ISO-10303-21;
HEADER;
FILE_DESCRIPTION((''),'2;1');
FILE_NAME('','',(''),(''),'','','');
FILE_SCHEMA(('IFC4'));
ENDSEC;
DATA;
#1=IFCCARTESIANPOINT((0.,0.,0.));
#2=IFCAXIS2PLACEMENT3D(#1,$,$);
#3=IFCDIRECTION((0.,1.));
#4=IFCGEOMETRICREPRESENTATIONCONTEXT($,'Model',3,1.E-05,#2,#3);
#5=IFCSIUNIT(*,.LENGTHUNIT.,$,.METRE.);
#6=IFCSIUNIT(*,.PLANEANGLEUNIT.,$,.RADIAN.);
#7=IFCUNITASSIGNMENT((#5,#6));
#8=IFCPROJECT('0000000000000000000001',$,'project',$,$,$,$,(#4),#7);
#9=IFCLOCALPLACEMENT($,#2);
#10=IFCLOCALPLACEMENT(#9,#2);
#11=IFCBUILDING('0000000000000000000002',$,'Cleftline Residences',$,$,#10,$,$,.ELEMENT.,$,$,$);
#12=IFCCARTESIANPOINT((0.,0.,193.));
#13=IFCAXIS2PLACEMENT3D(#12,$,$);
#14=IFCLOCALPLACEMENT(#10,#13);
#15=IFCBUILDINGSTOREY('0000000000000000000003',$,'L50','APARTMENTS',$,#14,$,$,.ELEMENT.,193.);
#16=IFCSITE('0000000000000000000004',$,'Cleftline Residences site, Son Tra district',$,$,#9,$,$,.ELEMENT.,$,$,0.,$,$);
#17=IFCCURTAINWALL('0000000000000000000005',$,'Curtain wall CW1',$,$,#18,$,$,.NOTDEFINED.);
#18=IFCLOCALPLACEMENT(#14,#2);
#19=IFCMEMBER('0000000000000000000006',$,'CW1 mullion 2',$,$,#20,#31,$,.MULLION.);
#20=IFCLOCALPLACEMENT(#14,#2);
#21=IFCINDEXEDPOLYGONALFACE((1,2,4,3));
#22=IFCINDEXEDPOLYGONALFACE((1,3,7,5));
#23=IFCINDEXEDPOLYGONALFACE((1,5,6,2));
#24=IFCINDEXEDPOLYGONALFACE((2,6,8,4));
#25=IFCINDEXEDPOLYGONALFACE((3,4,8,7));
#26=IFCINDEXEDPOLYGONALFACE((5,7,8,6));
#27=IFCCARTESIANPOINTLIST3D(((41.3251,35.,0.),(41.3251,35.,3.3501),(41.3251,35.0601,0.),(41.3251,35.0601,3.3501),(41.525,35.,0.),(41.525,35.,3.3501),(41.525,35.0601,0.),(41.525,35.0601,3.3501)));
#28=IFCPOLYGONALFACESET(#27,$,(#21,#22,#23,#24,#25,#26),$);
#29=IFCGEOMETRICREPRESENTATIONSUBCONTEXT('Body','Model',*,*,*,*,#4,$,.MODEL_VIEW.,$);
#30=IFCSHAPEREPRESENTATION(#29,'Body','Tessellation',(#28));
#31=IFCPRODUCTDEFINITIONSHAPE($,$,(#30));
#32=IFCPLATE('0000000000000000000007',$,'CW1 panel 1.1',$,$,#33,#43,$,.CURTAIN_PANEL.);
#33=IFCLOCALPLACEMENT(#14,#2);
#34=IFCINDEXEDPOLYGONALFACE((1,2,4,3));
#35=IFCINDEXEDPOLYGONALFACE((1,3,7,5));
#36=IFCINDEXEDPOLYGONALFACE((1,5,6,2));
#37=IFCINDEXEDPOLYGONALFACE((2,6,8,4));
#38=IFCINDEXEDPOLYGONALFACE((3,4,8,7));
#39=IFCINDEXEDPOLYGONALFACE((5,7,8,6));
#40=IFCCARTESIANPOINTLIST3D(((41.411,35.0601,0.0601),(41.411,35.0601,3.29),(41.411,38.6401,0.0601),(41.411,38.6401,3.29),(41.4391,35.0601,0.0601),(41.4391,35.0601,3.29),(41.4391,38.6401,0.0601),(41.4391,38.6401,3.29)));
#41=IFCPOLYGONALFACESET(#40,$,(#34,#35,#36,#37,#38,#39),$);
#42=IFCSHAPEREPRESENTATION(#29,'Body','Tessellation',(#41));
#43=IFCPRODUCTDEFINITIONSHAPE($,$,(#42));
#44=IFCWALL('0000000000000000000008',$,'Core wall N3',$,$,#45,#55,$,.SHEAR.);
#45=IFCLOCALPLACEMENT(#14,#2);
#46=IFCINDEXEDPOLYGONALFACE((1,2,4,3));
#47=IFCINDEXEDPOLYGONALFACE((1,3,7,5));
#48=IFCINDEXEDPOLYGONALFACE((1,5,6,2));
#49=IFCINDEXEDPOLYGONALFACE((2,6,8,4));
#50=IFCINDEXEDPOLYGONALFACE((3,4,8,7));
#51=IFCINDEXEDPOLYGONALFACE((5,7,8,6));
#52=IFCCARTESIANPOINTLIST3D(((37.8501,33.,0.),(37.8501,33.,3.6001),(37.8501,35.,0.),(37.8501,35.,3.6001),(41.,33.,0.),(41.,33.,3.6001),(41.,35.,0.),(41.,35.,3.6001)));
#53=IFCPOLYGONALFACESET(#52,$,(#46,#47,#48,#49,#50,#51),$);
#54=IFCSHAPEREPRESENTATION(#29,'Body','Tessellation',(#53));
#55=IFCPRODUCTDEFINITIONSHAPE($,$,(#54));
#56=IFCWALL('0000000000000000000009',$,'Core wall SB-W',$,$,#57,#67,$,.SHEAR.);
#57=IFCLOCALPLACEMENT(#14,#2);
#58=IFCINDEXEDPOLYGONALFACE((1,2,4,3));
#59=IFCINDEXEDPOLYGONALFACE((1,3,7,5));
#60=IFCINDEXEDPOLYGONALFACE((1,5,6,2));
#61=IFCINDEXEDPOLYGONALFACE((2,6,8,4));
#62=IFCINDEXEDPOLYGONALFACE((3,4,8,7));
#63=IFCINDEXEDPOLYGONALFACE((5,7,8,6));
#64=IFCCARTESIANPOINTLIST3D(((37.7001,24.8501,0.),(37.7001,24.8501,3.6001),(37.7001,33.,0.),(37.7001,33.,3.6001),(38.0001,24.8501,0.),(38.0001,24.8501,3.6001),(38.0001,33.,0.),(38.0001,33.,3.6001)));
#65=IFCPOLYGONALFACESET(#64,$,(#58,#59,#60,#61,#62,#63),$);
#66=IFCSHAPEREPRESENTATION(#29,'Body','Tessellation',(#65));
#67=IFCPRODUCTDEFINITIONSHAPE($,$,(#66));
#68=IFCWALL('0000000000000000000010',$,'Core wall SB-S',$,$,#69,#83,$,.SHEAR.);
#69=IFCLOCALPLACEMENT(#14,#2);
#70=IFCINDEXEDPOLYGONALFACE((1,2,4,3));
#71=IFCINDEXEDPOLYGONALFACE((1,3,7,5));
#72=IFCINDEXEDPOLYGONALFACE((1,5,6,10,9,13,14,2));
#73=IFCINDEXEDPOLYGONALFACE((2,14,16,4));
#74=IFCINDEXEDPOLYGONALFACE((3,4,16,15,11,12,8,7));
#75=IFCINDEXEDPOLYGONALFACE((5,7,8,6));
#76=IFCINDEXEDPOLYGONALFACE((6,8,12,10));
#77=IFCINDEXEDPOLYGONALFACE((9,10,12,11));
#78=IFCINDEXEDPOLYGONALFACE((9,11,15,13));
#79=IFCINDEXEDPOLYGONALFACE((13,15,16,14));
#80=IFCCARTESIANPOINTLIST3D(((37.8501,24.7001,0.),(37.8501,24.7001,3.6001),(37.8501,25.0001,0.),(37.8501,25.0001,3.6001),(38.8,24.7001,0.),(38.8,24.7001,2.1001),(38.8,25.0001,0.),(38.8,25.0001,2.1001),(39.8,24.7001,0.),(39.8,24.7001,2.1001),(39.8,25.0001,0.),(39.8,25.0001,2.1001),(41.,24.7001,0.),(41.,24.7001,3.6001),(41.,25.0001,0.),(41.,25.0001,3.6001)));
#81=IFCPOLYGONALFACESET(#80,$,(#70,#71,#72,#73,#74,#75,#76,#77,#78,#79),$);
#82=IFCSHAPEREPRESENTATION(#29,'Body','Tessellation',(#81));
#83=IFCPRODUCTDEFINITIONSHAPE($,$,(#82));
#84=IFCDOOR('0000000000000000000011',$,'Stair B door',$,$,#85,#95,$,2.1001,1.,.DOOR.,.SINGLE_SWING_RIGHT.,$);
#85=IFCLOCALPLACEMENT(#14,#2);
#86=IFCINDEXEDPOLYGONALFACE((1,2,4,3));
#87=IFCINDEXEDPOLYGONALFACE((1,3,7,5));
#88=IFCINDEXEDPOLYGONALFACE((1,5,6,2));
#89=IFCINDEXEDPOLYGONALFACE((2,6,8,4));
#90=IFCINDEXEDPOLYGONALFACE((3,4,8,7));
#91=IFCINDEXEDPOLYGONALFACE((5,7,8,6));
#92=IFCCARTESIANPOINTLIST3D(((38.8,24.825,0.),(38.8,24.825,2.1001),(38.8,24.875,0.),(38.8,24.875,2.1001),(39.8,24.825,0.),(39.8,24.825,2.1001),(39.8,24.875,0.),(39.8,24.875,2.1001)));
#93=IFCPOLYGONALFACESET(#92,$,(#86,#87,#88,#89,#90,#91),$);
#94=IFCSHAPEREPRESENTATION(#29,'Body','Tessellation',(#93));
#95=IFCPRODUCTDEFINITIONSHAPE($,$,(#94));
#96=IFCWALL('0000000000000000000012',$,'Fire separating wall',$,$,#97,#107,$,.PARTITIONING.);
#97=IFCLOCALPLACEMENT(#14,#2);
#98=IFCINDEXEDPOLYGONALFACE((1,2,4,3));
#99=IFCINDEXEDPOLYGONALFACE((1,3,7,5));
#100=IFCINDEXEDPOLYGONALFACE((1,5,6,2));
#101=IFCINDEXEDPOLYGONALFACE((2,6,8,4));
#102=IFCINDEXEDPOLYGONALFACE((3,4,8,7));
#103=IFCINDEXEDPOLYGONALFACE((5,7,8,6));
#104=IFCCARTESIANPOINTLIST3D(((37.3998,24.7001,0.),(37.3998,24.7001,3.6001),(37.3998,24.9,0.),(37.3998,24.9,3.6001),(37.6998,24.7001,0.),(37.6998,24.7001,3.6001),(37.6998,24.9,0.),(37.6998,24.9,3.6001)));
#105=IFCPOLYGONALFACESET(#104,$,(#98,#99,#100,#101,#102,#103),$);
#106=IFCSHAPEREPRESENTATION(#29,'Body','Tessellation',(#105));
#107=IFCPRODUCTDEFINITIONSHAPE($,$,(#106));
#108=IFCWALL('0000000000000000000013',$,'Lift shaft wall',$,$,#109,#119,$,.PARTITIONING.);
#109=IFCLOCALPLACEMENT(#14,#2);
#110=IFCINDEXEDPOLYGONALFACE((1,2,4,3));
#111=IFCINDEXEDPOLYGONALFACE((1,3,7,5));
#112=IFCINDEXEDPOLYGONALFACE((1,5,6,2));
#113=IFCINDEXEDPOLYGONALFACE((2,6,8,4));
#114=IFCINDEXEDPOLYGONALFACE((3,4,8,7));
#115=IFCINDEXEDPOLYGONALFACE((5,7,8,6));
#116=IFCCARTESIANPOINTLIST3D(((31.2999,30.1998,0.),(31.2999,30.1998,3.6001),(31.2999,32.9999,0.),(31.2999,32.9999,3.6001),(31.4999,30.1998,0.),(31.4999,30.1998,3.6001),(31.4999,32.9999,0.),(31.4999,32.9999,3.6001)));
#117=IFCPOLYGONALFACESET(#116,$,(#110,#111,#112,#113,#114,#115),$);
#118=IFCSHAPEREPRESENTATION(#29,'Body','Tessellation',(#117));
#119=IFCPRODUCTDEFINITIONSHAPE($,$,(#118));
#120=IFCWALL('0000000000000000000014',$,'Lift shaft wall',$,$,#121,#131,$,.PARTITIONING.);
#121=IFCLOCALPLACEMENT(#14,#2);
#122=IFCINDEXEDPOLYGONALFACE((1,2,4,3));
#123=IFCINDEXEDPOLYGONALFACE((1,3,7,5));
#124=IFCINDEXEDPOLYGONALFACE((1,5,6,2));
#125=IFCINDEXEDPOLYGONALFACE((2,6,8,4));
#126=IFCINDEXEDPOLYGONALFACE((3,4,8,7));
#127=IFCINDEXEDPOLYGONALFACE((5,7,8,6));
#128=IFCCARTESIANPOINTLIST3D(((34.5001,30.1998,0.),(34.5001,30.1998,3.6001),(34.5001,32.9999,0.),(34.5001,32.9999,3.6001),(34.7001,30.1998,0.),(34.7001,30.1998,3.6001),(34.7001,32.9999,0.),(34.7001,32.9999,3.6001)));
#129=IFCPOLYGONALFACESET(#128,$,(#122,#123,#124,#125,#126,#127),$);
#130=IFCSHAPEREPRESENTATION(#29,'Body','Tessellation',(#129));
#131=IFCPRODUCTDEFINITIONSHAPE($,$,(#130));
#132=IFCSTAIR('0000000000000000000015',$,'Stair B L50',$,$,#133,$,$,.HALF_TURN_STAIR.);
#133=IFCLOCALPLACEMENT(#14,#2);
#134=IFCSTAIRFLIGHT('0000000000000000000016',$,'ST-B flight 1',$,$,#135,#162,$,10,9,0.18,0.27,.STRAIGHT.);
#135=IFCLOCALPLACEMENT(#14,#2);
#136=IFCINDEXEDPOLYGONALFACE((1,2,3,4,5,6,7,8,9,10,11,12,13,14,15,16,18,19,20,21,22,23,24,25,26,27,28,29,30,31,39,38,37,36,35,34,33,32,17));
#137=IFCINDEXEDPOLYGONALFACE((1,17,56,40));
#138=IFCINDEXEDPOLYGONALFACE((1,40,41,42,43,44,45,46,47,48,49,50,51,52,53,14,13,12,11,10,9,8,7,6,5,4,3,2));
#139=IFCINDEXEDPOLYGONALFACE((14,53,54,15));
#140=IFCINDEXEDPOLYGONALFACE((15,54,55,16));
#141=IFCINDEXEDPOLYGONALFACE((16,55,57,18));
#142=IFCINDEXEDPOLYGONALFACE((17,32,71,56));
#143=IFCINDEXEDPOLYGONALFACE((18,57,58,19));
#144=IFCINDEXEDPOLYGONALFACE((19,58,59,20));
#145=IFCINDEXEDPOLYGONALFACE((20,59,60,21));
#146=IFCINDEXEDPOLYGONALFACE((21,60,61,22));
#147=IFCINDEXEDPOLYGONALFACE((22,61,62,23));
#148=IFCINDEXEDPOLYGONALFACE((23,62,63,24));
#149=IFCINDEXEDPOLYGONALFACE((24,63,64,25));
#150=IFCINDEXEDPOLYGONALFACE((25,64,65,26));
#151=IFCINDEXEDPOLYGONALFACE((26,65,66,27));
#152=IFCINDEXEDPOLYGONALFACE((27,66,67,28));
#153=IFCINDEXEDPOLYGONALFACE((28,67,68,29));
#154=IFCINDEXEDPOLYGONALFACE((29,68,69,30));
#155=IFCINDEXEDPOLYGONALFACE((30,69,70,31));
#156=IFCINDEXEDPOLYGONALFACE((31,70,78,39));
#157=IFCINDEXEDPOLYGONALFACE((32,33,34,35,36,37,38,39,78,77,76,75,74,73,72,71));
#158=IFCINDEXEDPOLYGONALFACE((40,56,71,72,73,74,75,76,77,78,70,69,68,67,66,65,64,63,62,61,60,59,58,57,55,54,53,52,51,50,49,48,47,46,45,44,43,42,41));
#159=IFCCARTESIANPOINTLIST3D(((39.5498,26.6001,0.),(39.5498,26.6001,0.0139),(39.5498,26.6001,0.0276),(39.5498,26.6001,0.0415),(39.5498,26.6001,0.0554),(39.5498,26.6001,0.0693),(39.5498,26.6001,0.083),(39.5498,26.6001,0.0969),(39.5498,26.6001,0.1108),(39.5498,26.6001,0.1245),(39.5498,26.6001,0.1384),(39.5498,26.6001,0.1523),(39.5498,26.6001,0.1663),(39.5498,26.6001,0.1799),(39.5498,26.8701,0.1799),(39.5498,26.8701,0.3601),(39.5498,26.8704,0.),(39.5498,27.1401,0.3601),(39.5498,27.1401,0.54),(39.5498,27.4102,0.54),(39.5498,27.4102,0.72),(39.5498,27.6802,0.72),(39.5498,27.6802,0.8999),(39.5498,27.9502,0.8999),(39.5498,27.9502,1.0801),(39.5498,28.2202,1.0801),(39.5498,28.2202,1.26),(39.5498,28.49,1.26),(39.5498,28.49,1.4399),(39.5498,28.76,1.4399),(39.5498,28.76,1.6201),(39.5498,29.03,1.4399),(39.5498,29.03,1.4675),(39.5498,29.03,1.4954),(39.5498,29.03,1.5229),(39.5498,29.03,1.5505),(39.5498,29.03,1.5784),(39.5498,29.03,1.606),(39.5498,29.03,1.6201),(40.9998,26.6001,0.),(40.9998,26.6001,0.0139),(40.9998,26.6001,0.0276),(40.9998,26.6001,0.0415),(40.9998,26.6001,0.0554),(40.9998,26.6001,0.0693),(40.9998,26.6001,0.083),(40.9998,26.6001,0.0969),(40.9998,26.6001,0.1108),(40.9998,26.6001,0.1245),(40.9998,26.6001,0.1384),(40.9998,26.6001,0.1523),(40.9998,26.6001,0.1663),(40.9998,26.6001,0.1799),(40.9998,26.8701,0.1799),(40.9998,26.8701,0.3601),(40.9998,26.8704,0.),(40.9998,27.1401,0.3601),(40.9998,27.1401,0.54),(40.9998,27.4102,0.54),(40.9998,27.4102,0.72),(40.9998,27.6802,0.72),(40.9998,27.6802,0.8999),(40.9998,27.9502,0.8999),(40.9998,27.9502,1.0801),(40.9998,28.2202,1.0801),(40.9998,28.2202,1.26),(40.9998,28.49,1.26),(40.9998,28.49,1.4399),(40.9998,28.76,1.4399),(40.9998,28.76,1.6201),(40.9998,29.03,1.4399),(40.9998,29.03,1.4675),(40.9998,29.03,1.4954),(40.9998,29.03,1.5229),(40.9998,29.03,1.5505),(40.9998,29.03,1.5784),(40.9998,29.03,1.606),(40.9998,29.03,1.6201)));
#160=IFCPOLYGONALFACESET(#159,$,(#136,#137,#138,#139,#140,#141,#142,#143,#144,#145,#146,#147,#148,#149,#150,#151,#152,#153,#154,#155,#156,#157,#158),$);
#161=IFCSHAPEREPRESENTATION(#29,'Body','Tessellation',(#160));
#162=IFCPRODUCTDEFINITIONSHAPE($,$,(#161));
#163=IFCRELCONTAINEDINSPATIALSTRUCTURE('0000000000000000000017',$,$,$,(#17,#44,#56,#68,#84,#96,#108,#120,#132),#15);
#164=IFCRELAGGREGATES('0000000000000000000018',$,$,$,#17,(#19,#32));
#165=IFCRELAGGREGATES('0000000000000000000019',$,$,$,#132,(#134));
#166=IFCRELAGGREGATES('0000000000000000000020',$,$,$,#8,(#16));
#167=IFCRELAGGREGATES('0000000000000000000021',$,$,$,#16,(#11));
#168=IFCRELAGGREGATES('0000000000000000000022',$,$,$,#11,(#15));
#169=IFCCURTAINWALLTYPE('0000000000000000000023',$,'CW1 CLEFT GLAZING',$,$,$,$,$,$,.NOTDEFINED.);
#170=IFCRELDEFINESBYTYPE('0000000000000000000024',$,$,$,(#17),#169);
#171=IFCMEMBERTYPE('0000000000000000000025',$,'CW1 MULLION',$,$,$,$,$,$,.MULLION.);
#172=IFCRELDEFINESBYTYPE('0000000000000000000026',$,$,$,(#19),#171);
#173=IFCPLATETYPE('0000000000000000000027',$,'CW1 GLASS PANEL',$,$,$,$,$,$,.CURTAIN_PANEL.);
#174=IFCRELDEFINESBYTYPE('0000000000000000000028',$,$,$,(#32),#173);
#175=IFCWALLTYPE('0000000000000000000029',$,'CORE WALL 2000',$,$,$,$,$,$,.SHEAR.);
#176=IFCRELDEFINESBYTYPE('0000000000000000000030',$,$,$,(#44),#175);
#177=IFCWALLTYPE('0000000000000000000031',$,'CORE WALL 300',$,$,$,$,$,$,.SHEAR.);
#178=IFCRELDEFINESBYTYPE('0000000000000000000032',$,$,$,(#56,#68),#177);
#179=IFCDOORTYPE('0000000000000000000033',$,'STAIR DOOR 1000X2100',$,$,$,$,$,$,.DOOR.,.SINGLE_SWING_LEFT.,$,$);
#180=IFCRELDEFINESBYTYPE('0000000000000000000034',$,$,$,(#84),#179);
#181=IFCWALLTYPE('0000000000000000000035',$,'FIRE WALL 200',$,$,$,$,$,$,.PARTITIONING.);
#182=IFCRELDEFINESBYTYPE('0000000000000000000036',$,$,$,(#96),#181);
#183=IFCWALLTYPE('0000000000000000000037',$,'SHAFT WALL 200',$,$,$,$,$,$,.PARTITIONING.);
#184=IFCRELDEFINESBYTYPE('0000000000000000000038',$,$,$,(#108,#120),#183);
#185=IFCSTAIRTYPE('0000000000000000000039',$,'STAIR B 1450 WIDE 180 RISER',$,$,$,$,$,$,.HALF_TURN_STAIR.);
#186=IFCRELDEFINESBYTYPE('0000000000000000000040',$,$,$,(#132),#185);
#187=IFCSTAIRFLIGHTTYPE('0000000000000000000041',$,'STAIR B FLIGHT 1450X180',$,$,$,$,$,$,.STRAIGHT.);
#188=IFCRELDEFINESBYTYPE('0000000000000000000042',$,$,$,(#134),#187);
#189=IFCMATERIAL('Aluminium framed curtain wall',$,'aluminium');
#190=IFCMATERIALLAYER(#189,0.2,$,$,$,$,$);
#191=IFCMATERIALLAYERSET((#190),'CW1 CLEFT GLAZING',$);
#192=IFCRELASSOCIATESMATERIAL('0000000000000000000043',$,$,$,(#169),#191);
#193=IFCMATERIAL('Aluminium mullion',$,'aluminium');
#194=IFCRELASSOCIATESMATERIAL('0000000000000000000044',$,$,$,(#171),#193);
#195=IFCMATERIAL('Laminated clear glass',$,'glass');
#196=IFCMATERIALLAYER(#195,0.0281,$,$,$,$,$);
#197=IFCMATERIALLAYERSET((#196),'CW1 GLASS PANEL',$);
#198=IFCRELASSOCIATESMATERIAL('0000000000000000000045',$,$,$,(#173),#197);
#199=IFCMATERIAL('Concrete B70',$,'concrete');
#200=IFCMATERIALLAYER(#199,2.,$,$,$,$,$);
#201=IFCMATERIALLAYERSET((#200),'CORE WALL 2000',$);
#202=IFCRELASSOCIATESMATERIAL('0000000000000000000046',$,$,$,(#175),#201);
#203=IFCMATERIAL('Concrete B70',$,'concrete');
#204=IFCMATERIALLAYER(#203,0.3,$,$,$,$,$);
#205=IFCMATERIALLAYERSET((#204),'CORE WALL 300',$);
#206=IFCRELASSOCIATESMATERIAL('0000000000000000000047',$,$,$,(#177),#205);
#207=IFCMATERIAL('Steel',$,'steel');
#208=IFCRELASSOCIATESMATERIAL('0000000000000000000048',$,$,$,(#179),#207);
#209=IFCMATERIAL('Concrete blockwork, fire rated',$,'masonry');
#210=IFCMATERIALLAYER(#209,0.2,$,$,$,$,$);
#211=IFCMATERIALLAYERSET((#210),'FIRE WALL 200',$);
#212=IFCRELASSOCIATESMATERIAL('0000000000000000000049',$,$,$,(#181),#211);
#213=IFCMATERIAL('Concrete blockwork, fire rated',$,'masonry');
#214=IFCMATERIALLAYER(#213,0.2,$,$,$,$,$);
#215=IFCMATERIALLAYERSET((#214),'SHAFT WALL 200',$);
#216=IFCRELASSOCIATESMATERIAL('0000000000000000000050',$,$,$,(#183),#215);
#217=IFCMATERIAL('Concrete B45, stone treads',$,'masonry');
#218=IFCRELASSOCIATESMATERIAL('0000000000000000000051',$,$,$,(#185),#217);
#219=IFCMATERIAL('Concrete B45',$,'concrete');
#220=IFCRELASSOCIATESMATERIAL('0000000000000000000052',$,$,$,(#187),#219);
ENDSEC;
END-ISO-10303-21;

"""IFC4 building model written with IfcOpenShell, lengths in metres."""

from ifc_helpers import new_model, si_unit, direction, frame, frame_2d, origin, origin_2d, place, context, subcontext, project, spatial, polyline, rectangle, outline, extrude, material, layer, layer_set, material_profile, profile_set, type_object, element, fill, aggregate, save


model = new_model("IFC4")

# Units and contexts
model_context = context("Model", 3, precision=1e-05, world=origin(), true_north=direction((0.0, 1.0)))
body_context = subcontext(model_context, "Body", "Model", "MODEL_VIEW")
ifc_project = project(units=[si_unit("LENGTHUNIT", "METRE"), si_unit("PLANEANGLEUNIT", "RADIAN")], contexts=[model_context])

# Site, building, storey
site_placement = place(None, origin())
site = spatial("IfcSite", under=ifc_project, at=site_placement, Name="Cleftline Residences site, Son Tra district", CompositionType="ELEMENT", RefElevation=0.0)
building_placement = place(site_placement, origin())
building = spatial("IfcBuilding", under=site, at=building_placement, Name="Cleftline Residences", CompositionType="ELEMENT")
storey_placement = place(building_placement, frame((0.0, 0.0, 193.0)))
storey = spatial("IfcBuildingStorey", under=building, at=storey_placement, Name="L50", Description="APARTMENTS", CompositionType="ELEMENT", Elevation=193.0)

# Curtain wall, member, plate
ifc_material_1 = material(Name="Aluminium framed curtain wall", Category="aluminium")
ifc_layer_1 = layer(ifc_material_1, 0.2)
ifc_layer_set_1 = layer_set([ifc_layer_1], Name="CW1 CLEFT GLAZING")
curtain_wall_type = type_object("IfcCurtainWallType", Name="CW1 CLEFT GLAZING", PredefinedType="NOTDEFINED", material=ifc_layer_set_1)
curtain_wall_placement = place(storey_placement, origin())
curtain_wall = element("IfcCurtainWall", 1, at=curtain_wall_placement, inside=storey, type_object=curtain_wall_type, Name="Curtain wall CW1", PredefinedType="NOTDEFINED")
ifc_material_2 = material(Name="Aluminium mullion", Category="aluminium")
ifc_material_profile = material_profile(ifc_material_2, rectangle(XDim=0.2, YDim=0.0601, at=origin_2d()))
ifc_profile_set = profile_set([ifc_material_profile], Name="Aluminium mullion")
member_type = type_object("IfcMemberType", Name="CW1 MULLION", PredefinedType="MULLION", material=ifc_profile_set)
member_placement = place(storey_placement, frame((41.425, 35.03, 0.0), z_axis=(0.0, 0.0, 1.0), x_axis=(1.0, 0.0, 0.0)))
member = element("IfcMember", 2, at=member_placement, type_object=member_type, Name="CW1 mullion 2", PredefinedType="MULLION", context=body_context, shape_type="SweptSolid", body=[
    extrude(rectangle(XDim=0.2, YDim=0.0601, at=origin_2d()), origin(), (0.0, 0.0, 1.0), 3.3501),
])
ifc_material_3 = material(Name="Laminated clear glass", Category="glass")
ifc_layer_2 = layer(ifc_material_3, 0.0281)
ifc_layer_set_2 = layer_set([ifc_layer_2], Name="CW1 GLASS PANEL")
plate_type = type_object("IfcPlateType", Name="CW1 GLASS PANEL", PredefinedType="CURTAIN_PANEL", material=ifc_layer_set_2)
plate_placement = place(storey_placement, frame((41.425, 36.8501, 0.0601), z_axis=(0.0, 0.0, 1.0), x_axis=(0.0, -1.0, 0.0)))
plate = element("IfcPlate", 3, at=plate_placement, type_object=plate_type, Name="CW1 panel 1.1", PredefinedType="CURTAIN_PANEL", context=body_context, shape_type="SweptSolid", body=[
    extrude(rectangle(XDim=3.5801, YDim=0.0281, at=origin_2d()), origin(), (0.0, 0.0, 1.0), 3.23),
])
aggregate(curtain_wall, [member, plate])

# Walls
ifc_material_4 = material(Name="Concrete B70", Category="concrete")
ifc_layer_3 = layer(ifc_material_4, 2.0)
ifc_layer_set_3 = layer_set([ifc_layer_3], Name="CORE WALL 2000")
wall_type_1 = type_object("IfcWallType", Name="CORE WALL 2000", PredefinedType="SHEAR", material=ifc_layer_set_3)
wall_1_placement = place(storey_placement, frame((37.8501, 34.0, 0.0), z_axis=(0.0, 0.0, 1.0), x_axis=(1.0, 0.0, 0.0)))
element("IfcWall", 4, at=wall_1_placement, inside=storey, type_object=wall_type_1, Name="Core wall N3", PredefinedType="SHEAR", context=body_context, shape_type="SweptSolid", body=[
    extrude(rectangle(XDim=3.1499, YDim=2.0, at=frame_2d((1.575, 0.0))), origin(), (0.0, 0.0, 1.0), 3.6001),
])
ifc_material_5 = material(Name="Concrete B70", Category="concrete")
ifc_layer_4 = layer(ifc_material_5, 0.3)
ifc_layer_set_4 = layer_set([ifc_layer_4], Name="CORE WALL 300")
wall_type_2 = type_object("IfcWallType", Name="CORE WALL 300", PredefinedType="SHEAR", material=ifc_layer_set_4)
wall_2_placement = place(storey_placement, frame((37.8501, 24.8501, 0.0), z_axis=(0.0, 0.0, 1.0), x_axis=(0.0, 1.0, 0.0)))
element("IfcWall", 5, at=wall_2_placement, inside=storey, type_object=wall_type_2, Name="Core wall SB-W", PredefinedType="SHEAR", context=body_context, shape_type="SweptSolid", body=[
    extrude(rectangle(XDim=8.1499, YDim=0.3, at=frame_2d((4.075, 0.0))), origin(), (0.0, 0.0, 1.0), 3.6001),
])

# Wall, opening, door
wall_3_placement = place(storey_placement, frame((37.8501, 24.8501, 0.0), z_axis=(0.0, 0.0, 1.0), x_axis=(1.0, 0.0, 0.0)))
wall_3 = element("IfcWall", 6, at=wall_3_placement, inside=storey, type_object=wall_type_2, Name="Core wall SB-S", PredefinedType="SHEAR", context=body_context, shape_type="SweptSolid", body=[
    extrude(rectangle(XDim=3.1499, YDim=0.3, at=frame_2d((1.575, 0.0))), origin(), (0.0, 0.0, 1.0), 3.6001),
])
opening_placement = place(wall_3_placement, frame((0.95, 0.0, 0.0)))
opening = element("IfcOpeningElement", 7, at=opening_placement, cuts=wall_3, PredefinedType="OPENING", context=body_context, shape_type="SweptSolid", body=[
    extrude(rectangle(XDim=1.0, YDim=2.1001, at=frame_2d((0.5, 1.05))), frame((0.0, 0.1599, 0.0), z_axis=(0.0, -1.0, 0.0), x_axis=(1.0, 0.0, 0.0)), (0.0, 0.0, 1.0), 0.3201),
])
ifc_material_6 = material(Name="Steel", Category="steel")
door_type = type_object("IfcDoorType", Name="STAIR DOOR 1000X2100", OperationType="SINGLE_SWING_LEFT", PredefinedType="DOOR", material=ifc_material_6)
door_placement = place(opening_placement, origin())
door = element("IfcDoor", 8, at=door_placement, inside=storey, type_object=door_type, Name="Stair B door", OperationType="SINGLE_SWING_RIGHT", OverallHeight=2.1001, OverallWidth=1.0, PredefinedType="DOOR", context=body_context, shape_type="SweptSolid", body=[
    extrude(rectangle(XDim=1.0, YDim=2.1001, at=frame_2d((0.5, 1.05))), frame((0.0, 0.0249, 0.0), z_axis=(0.0, -1.0, 0.0), x_axis=(1.0, 0.0, 0.0)), (0.0, 0.0, 1.0), 0.05),
])
fill(opening, door)

# Walls
ifc_material_7 = material(Name="Concrete blockwork, fire rated", Category="masonry")
ifc_layer_5 = layer(ifc_material_7, 0.2)
ifc_layer_set_5 = layer_set([ifc_layer_5], Name="FIRE WALL 200")
wall_type_3 = type_object("IfcWallType", Name="FIRE WALL 200", PredefinedType="PARTITIONING", material=ifc_layer_set_5)
wall_4_placement = place(storey_placement, frame((37.3999, 24.8, 0.0), z_axis=(0.0, 0.0, 1.0), x_axis=(1.0, 0.0, 0.0)))
element("IfcWall", 9, at=wall_4_placement, inside=storey, type_object=wall_type_3, Name="Fire separating wall", PredefinedType="PARTITIONING", context=body_context, shape_type="SweptSolid", body=[
    extrude(rectangle(XDim=0.3, YDim=0.2, at=frame_2d((0.1499, 0.0))), origin(), (0.0, 0.0, 1.0), 3.6001),
])
ifc_material_8 = material(Name="Concrete blockwork, fire rated", Category="masonry")
ifc_layer_6 = layer(ifc_material_8, 0.2)
ifc_layer_set_6 = layer_set([ifc_layer_6], Name="SHAFT WALL 200")
wall_type_4 = type_object("IfcWallType", Name="SHAFT WALL 200", PredefinedType="PARTITIONING", material=ifc_layer_set_6)
for number, where, z_axis, x_axis, name in (
    (10, (31.3999, 30.2, 0.0), (0.0, 0.0, 1.0), (0.0, 1.0, 0.0), "Lift shaft wall"),
    (11, (34.6001, 30.2, 0.0), (0.0, 0.0, 1.0), (0.0, 1.0, 0.0), "Lift shaft wall"),
):
    element("IfcWall", number, at=place(storey_placement, frame(where, z_axis=z_axis, x_axis=x_axis)), inside=storey, type_object=wall_type_4, Name=name, PredefinedType="PARTITIONING", context=body_context, shape_type="SweptSolid", body=[
        extrude(rectangle(XDim=2.8, YDim=0.2, at=frame_2d((1.3999, 0.0))), origin(), (0.0, 0.0, 1.0), 3.6001),
    ])

# Stair, stair flight
ifc_material_9 = material(Name="Concrete B45, stone treads", Category="masonry")
stair_type = type_object("IfcStairType", Name="STAIR B 1450 WIDE 180 RISER", PredefinedType="HALF_TURN_STAIR", material=ifc_material_9)
stair_placement = place(storey_placement, origin())
stair = element("IfcStair", 12, at=stair_placement, inside=storey, type_object=stair_type, Name="Stair B L50", PredefinedType="HALF_TURN_STAIR")
ifc_material_10 = material(Name="Concrete B45", Category="concrete")
stair_flight_type = type_object("IfcStairFlightType", Name="STAIR B FLIGHT 1450X180", PredefinedType="STRAIGHT", material=ifc_material_10)
stair_flight_1_placement = place(storey_placement, frame((40.2749, 26.6001, 0.0), z_axis=(0.0, 0.0, 1.0), x_axis=(0.0, 1.0, 0.0)))
stair_flight_1 = element("IfcStairFlight", 13, at=stair_flight_1_placement, type_object=stair_flight_type, Name="ST-B flight 1", NumberOfRisers=10, NumberOfTreads=9, PredefinedType="STRAIGHT", RiserHeight=0.18, TreadLength=0.27, context=body_context, shape_type="SweptSolid", body=[
    extrude(outline(polyline([(0.0, 0.0), (0.0, 0.0139), (0.0, 0.0276), (0.0, 0.0415), (0.0, 0.0554), (0.0, 0.0693), (0.0, 0.083), (0.0, 0.0969), (0.0, 0.1108), (0.0, 0.1245), (0.0, 0.1384), (0.0, 0.1523), (0.0, 0.1663), (0.0, 0.1799), (0.27, 0.1799), (0.27, 0.3601), (0.54, 0.3601), (0.54, 0.54), (0.8101, 0.54), (0.8101, 0.72), (1.0801, 0.72), (1.0801, 0.8999), (1.3501, 0.8999), (1.3501, 1.0801), (1.6201, 1.0801), (1.6201, 1.26), (1.8899, 1.26), (1.8899, 1.4399), (2.1599, 1.4399), (2.1599, 1.6201), (2.4299, 1.6201), (2.4299, 1.8), (2.4299, 1.7722), (2.4299, 1.7446), (2.4299, 1.7168), (2.4299, 1.6892), (2.4299, 1.6614), (2.4299, 1.6338), (2.4299, 1.606), (2.4299, 1.5784), (2.4299, 1.5505), (2.4299, 1.5229), (2.4299, 1.4954), (2.4299, 1.4675), (2.4299, 1.4399), (0.2703, 0.0), (0.0, 0.0)])), frame((0.0, 0.7251, 0.0), z_axis=(0.0, -1.0, 0.0), x_axis=(1.0, 0.0, 0.0)), (0.0, 0.0, 1.0), 1.45),
])
aggregate(stair, [stair_flight_1])

save(model, "model.ifc")
